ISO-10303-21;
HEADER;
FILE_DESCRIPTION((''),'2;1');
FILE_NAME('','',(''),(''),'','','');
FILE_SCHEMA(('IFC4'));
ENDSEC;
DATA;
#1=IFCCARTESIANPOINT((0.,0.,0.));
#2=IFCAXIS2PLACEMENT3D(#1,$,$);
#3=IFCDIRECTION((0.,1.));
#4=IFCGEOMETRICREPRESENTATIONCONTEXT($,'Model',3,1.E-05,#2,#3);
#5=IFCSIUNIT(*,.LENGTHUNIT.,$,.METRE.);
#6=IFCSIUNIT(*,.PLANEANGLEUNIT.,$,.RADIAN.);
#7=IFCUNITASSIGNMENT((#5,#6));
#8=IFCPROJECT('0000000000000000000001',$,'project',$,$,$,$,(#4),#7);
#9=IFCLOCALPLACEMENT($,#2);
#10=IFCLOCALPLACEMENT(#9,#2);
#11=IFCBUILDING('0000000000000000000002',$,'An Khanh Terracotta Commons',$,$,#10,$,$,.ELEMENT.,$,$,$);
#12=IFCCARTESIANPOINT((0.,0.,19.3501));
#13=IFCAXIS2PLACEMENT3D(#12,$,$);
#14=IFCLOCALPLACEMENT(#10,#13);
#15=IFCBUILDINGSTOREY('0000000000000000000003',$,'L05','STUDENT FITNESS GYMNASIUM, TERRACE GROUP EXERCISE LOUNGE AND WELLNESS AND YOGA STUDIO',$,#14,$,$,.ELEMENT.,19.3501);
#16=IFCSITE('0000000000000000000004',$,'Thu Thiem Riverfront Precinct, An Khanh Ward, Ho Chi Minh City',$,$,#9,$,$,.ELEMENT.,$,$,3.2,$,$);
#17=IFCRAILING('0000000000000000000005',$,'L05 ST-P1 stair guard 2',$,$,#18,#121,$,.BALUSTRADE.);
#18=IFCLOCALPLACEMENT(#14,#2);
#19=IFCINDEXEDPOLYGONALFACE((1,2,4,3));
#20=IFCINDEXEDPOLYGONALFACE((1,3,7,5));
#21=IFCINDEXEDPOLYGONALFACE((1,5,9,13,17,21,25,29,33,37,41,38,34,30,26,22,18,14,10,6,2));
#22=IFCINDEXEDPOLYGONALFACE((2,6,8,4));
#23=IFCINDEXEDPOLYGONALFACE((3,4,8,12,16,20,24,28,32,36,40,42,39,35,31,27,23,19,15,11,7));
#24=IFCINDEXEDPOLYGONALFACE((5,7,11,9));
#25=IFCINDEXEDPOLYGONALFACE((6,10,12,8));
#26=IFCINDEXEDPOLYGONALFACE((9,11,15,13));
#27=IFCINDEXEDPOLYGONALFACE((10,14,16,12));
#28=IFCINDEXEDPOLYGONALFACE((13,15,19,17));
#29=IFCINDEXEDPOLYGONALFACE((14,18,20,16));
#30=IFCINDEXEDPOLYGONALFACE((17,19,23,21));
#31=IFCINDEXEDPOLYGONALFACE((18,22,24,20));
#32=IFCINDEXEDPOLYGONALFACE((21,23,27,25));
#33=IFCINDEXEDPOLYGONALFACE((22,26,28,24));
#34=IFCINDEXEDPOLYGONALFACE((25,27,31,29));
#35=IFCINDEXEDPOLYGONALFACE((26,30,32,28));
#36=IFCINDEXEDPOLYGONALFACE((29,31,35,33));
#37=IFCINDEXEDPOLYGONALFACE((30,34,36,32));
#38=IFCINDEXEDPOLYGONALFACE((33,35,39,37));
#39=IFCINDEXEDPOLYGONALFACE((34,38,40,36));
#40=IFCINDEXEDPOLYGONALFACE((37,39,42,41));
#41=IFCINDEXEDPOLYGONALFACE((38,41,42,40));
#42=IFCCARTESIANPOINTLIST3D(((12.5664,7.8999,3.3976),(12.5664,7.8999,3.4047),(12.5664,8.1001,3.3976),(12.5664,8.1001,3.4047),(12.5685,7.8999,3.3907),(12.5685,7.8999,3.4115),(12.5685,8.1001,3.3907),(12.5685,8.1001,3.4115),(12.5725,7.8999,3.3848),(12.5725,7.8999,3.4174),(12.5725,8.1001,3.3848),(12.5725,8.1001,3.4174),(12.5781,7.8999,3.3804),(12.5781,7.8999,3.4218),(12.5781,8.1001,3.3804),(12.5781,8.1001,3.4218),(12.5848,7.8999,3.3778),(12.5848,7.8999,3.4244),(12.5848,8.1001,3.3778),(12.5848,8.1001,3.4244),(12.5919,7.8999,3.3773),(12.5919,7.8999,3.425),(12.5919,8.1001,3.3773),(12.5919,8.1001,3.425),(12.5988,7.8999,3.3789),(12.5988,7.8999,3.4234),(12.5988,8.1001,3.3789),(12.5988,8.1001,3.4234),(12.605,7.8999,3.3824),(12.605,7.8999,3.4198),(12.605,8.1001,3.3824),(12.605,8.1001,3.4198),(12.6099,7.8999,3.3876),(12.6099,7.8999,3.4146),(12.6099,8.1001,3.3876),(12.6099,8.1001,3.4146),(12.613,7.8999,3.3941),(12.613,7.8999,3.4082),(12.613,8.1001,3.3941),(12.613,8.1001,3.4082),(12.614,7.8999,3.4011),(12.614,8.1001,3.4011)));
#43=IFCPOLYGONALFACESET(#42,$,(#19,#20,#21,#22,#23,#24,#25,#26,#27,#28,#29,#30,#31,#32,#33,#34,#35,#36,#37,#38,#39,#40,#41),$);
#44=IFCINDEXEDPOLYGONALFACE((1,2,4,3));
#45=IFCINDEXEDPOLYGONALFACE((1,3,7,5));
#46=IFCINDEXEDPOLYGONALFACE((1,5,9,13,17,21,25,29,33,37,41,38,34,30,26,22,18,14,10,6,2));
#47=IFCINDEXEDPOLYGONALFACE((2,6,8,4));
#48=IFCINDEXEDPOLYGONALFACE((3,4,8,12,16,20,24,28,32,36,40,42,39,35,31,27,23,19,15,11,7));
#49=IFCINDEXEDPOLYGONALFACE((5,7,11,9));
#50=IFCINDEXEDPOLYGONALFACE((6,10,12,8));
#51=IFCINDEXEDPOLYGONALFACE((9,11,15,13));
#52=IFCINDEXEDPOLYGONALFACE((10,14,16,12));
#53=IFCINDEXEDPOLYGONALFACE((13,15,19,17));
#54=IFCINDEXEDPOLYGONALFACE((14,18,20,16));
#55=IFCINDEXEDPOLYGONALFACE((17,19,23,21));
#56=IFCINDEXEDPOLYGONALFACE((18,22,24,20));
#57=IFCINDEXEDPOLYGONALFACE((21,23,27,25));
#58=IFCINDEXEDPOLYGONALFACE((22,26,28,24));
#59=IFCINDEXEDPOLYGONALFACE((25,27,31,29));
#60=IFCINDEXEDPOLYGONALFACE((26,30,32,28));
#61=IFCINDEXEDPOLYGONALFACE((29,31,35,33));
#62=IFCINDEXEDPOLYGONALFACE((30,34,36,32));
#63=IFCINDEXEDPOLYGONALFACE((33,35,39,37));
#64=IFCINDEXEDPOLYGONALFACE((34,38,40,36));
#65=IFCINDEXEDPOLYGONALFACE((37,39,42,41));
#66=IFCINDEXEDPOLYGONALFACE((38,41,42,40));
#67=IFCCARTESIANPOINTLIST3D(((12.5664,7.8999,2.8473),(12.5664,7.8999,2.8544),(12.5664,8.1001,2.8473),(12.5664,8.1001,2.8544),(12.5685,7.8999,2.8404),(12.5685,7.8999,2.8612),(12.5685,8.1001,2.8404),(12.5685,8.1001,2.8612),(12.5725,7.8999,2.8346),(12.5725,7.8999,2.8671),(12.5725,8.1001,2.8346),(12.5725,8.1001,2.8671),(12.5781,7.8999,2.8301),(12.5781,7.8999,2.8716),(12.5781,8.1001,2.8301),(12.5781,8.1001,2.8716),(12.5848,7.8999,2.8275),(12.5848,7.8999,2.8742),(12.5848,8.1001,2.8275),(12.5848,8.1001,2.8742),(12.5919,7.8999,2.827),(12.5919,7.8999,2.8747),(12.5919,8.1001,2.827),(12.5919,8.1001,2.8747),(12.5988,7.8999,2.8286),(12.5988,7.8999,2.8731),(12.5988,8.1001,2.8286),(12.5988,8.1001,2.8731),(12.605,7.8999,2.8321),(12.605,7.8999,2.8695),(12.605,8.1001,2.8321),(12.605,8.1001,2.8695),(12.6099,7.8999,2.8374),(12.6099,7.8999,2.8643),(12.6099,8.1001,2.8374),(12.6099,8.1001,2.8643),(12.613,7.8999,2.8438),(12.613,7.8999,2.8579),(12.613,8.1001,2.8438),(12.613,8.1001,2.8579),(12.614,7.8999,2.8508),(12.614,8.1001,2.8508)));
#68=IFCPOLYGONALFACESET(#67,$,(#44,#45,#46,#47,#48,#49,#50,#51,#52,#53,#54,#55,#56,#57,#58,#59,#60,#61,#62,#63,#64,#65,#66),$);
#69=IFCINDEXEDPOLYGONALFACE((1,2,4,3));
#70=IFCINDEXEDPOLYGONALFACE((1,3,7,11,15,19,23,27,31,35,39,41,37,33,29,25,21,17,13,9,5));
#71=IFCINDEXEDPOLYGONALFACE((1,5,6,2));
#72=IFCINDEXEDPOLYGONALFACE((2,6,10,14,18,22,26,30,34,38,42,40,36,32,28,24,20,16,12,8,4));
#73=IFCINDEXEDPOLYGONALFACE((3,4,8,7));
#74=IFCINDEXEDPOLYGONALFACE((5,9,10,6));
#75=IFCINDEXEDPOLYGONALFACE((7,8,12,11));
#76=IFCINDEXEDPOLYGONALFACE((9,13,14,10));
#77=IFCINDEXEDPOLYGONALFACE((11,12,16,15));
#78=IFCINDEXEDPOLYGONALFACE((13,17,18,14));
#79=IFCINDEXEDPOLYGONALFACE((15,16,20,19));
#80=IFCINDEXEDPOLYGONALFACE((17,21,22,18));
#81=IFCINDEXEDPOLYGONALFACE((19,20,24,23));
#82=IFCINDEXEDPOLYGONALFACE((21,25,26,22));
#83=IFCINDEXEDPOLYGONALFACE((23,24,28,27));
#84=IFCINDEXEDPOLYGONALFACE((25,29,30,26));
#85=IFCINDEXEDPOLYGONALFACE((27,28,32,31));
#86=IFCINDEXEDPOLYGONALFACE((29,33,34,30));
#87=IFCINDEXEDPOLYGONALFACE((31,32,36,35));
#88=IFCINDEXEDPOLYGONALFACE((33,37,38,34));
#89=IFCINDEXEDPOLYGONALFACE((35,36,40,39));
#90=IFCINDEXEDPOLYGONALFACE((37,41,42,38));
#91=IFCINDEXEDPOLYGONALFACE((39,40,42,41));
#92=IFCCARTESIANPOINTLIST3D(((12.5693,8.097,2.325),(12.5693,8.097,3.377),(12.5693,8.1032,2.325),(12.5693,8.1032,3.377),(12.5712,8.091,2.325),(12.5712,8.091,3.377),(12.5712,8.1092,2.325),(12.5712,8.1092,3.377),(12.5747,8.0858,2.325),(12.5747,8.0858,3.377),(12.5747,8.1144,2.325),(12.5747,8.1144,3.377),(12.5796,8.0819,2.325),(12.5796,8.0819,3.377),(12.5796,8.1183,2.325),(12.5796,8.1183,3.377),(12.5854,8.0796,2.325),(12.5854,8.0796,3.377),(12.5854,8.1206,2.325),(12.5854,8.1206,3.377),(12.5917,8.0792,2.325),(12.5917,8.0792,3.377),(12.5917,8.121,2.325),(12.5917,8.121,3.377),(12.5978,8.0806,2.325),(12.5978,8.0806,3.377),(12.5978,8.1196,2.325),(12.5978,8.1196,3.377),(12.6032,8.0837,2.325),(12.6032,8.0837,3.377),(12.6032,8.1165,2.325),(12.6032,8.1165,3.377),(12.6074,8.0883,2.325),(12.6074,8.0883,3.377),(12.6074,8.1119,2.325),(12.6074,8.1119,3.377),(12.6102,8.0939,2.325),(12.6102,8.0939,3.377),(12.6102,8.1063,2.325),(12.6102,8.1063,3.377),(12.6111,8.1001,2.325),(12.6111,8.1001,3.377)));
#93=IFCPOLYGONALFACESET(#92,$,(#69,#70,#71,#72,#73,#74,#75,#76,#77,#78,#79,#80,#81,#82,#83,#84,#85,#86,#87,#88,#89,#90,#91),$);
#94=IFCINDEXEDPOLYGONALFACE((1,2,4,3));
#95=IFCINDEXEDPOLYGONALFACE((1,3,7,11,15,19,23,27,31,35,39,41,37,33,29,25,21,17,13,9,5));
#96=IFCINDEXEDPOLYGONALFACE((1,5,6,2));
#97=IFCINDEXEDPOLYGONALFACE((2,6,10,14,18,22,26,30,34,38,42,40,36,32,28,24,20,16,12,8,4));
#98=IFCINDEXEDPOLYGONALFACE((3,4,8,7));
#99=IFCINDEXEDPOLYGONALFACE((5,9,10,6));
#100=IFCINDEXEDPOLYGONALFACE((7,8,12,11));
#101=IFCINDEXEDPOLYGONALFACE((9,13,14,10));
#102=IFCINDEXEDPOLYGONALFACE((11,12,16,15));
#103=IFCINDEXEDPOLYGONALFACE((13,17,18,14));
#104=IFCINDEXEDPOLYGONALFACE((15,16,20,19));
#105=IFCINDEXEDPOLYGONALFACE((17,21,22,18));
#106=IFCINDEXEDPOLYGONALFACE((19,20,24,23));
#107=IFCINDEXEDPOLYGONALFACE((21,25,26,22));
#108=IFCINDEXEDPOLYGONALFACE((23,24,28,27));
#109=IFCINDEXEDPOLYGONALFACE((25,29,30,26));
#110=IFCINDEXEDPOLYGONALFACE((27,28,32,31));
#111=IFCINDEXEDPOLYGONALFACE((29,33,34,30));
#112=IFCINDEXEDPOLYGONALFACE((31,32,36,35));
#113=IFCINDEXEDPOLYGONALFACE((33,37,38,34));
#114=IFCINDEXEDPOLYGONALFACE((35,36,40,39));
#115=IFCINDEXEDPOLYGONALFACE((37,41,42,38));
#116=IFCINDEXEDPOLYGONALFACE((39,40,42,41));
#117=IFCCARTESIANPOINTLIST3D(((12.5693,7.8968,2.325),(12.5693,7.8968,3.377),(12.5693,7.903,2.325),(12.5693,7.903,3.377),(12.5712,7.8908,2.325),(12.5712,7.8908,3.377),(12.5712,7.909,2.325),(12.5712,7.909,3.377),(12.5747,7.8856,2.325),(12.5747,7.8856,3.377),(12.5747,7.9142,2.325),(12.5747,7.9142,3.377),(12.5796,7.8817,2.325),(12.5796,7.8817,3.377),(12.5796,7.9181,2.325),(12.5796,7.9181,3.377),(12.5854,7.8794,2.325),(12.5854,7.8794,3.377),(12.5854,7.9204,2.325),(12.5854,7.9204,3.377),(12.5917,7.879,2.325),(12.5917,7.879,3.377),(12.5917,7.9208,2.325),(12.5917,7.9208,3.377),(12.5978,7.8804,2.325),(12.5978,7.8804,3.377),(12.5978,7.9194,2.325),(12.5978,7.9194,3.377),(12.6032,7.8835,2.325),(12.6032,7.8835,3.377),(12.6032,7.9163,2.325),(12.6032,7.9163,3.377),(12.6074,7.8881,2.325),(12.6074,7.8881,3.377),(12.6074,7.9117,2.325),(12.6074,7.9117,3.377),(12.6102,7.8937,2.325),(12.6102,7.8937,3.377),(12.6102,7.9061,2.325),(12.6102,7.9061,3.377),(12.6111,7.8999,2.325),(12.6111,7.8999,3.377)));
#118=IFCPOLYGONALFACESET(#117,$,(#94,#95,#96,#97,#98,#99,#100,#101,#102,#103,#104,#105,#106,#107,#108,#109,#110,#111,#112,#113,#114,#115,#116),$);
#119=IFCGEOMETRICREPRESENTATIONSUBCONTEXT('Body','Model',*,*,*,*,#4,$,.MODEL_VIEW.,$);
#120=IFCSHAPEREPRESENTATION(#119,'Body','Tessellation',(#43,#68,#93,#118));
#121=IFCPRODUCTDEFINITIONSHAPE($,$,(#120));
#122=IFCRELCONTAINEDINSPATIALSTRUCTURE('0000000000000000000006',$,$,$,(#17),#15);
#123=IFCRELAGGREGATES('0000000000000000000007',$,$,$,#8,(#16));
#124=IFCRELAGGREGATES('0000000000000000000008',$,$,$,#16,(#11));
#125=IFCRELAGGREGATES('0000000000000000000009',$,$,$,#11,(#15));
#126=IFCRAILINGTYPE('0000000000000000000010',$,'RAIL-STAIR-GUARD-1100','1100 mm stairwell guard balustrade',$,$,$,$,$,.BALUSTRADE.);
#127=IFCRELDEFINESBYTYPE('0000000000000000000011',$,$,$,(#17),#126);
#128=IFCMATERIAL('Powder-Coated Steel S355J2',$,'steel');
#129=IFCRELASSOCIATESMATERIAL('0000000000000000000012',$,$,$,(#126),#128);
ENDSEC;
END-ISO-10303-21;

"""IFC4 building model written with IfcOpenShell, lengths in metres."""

from ifc_helpers import new_model, si_unit, direction, frame, origin, origin_2d, place, context, subcontext, project, spatial, circle, extrude, material, type_object, element, save


model = new_model("IFC4")

# Units and contexts
model_context = context("Model", 3, precision=1e-05, world=origin(), true_north=direction((0.0, 1.0)))
body_context = subcontext(model_context, "Body", "Model", "MODEL_VIEW")
ifc_project = project(units=[si_unit("LENGTHUNIT", "METRE"), si_unit("PLANEANGLEUNIT", "RADIAN")], contexts=[model_context])

# Site, building, storey
site_placement = place(None, origin())
site = spatial("IfcSite", under=ifc_project, at=site_placement, Name="Thu Thiem Riverfront Precinct, An Khanh Ward, Ho Chi Minh City", CompositionType="ELEMENT", RefElevation=3.2)
building_placement = place(site_placement, origin())
building = spatial("IfcBuilding", under=site, at=building_placement, Name="An Khanh Terracotta Commons", CompositionType="ELEMENT")
storey_placement = place(building_placement, frame((0.0, 0.0, 19.3501)))
storey = spatial("IfcBuildingStorey", under=building, at=storey_placement, Name="L05", Description="STUDENT FITNESS GYMNASIUM, TERRACE GROUP EXERCISE LOUNGE AND WELLNESS AND YOGA STUDIO", CompositionType="ELEMENT", Elevation=19.3501)

# Railing
ifc_material_1 = material(Name="Powder-Coated Steel S355J2", Category="steel")
railing_type_1 = type_object("IfcRailingType", Name="RAIL-STAIR-GUARD-1100", Description="1100 mm stairwell guard balustrade", PredefinedType="BALUSTRADE", material=ifc_material_1)
railing_1_placement = place(storey_placement, frame((12.5901, 8.1001, 2.325)))
element("IfcRailing", 1, at=railing_1_placement, inside=storey, type_object=railing_type_1, Name="L05 ST-P1 stair guard 2", PredefinedType="BALUSTRADE", context=body_context, shape_type="SweptSolid", body=[
    extrude(circle(Radius=0.0239, at=origin_2d()), frame((0.0, 0.0, 1.0762), z_axis=(0.0, -1.0, 0.0), x_axis=(1.0, 0.0, 0.0)), (0.0, 0.0, 1.0), 0.2002),
    extrude(circle(Radius=0.0239, at=origin_2d()), frame((0.0, 0.0, 0.5259), z_axis=(0.0, -1.0, 0.0), x_axis=(1.0, 0.0, 0.0)), (0.0, 0.0, 1.0), 0.2002),
    extrude(circle(Radius=0.021, at=origin_2d()), origin(), (0.0, 0.0, 1.0), 1.052),
    extrude(circle(Radius=0.021, at=origin_2d()), frame((0.0, -0.2002, 0.0)), (0.0, 0.0, 1.0), 1.052),
])

save(model, "model.ifc")
